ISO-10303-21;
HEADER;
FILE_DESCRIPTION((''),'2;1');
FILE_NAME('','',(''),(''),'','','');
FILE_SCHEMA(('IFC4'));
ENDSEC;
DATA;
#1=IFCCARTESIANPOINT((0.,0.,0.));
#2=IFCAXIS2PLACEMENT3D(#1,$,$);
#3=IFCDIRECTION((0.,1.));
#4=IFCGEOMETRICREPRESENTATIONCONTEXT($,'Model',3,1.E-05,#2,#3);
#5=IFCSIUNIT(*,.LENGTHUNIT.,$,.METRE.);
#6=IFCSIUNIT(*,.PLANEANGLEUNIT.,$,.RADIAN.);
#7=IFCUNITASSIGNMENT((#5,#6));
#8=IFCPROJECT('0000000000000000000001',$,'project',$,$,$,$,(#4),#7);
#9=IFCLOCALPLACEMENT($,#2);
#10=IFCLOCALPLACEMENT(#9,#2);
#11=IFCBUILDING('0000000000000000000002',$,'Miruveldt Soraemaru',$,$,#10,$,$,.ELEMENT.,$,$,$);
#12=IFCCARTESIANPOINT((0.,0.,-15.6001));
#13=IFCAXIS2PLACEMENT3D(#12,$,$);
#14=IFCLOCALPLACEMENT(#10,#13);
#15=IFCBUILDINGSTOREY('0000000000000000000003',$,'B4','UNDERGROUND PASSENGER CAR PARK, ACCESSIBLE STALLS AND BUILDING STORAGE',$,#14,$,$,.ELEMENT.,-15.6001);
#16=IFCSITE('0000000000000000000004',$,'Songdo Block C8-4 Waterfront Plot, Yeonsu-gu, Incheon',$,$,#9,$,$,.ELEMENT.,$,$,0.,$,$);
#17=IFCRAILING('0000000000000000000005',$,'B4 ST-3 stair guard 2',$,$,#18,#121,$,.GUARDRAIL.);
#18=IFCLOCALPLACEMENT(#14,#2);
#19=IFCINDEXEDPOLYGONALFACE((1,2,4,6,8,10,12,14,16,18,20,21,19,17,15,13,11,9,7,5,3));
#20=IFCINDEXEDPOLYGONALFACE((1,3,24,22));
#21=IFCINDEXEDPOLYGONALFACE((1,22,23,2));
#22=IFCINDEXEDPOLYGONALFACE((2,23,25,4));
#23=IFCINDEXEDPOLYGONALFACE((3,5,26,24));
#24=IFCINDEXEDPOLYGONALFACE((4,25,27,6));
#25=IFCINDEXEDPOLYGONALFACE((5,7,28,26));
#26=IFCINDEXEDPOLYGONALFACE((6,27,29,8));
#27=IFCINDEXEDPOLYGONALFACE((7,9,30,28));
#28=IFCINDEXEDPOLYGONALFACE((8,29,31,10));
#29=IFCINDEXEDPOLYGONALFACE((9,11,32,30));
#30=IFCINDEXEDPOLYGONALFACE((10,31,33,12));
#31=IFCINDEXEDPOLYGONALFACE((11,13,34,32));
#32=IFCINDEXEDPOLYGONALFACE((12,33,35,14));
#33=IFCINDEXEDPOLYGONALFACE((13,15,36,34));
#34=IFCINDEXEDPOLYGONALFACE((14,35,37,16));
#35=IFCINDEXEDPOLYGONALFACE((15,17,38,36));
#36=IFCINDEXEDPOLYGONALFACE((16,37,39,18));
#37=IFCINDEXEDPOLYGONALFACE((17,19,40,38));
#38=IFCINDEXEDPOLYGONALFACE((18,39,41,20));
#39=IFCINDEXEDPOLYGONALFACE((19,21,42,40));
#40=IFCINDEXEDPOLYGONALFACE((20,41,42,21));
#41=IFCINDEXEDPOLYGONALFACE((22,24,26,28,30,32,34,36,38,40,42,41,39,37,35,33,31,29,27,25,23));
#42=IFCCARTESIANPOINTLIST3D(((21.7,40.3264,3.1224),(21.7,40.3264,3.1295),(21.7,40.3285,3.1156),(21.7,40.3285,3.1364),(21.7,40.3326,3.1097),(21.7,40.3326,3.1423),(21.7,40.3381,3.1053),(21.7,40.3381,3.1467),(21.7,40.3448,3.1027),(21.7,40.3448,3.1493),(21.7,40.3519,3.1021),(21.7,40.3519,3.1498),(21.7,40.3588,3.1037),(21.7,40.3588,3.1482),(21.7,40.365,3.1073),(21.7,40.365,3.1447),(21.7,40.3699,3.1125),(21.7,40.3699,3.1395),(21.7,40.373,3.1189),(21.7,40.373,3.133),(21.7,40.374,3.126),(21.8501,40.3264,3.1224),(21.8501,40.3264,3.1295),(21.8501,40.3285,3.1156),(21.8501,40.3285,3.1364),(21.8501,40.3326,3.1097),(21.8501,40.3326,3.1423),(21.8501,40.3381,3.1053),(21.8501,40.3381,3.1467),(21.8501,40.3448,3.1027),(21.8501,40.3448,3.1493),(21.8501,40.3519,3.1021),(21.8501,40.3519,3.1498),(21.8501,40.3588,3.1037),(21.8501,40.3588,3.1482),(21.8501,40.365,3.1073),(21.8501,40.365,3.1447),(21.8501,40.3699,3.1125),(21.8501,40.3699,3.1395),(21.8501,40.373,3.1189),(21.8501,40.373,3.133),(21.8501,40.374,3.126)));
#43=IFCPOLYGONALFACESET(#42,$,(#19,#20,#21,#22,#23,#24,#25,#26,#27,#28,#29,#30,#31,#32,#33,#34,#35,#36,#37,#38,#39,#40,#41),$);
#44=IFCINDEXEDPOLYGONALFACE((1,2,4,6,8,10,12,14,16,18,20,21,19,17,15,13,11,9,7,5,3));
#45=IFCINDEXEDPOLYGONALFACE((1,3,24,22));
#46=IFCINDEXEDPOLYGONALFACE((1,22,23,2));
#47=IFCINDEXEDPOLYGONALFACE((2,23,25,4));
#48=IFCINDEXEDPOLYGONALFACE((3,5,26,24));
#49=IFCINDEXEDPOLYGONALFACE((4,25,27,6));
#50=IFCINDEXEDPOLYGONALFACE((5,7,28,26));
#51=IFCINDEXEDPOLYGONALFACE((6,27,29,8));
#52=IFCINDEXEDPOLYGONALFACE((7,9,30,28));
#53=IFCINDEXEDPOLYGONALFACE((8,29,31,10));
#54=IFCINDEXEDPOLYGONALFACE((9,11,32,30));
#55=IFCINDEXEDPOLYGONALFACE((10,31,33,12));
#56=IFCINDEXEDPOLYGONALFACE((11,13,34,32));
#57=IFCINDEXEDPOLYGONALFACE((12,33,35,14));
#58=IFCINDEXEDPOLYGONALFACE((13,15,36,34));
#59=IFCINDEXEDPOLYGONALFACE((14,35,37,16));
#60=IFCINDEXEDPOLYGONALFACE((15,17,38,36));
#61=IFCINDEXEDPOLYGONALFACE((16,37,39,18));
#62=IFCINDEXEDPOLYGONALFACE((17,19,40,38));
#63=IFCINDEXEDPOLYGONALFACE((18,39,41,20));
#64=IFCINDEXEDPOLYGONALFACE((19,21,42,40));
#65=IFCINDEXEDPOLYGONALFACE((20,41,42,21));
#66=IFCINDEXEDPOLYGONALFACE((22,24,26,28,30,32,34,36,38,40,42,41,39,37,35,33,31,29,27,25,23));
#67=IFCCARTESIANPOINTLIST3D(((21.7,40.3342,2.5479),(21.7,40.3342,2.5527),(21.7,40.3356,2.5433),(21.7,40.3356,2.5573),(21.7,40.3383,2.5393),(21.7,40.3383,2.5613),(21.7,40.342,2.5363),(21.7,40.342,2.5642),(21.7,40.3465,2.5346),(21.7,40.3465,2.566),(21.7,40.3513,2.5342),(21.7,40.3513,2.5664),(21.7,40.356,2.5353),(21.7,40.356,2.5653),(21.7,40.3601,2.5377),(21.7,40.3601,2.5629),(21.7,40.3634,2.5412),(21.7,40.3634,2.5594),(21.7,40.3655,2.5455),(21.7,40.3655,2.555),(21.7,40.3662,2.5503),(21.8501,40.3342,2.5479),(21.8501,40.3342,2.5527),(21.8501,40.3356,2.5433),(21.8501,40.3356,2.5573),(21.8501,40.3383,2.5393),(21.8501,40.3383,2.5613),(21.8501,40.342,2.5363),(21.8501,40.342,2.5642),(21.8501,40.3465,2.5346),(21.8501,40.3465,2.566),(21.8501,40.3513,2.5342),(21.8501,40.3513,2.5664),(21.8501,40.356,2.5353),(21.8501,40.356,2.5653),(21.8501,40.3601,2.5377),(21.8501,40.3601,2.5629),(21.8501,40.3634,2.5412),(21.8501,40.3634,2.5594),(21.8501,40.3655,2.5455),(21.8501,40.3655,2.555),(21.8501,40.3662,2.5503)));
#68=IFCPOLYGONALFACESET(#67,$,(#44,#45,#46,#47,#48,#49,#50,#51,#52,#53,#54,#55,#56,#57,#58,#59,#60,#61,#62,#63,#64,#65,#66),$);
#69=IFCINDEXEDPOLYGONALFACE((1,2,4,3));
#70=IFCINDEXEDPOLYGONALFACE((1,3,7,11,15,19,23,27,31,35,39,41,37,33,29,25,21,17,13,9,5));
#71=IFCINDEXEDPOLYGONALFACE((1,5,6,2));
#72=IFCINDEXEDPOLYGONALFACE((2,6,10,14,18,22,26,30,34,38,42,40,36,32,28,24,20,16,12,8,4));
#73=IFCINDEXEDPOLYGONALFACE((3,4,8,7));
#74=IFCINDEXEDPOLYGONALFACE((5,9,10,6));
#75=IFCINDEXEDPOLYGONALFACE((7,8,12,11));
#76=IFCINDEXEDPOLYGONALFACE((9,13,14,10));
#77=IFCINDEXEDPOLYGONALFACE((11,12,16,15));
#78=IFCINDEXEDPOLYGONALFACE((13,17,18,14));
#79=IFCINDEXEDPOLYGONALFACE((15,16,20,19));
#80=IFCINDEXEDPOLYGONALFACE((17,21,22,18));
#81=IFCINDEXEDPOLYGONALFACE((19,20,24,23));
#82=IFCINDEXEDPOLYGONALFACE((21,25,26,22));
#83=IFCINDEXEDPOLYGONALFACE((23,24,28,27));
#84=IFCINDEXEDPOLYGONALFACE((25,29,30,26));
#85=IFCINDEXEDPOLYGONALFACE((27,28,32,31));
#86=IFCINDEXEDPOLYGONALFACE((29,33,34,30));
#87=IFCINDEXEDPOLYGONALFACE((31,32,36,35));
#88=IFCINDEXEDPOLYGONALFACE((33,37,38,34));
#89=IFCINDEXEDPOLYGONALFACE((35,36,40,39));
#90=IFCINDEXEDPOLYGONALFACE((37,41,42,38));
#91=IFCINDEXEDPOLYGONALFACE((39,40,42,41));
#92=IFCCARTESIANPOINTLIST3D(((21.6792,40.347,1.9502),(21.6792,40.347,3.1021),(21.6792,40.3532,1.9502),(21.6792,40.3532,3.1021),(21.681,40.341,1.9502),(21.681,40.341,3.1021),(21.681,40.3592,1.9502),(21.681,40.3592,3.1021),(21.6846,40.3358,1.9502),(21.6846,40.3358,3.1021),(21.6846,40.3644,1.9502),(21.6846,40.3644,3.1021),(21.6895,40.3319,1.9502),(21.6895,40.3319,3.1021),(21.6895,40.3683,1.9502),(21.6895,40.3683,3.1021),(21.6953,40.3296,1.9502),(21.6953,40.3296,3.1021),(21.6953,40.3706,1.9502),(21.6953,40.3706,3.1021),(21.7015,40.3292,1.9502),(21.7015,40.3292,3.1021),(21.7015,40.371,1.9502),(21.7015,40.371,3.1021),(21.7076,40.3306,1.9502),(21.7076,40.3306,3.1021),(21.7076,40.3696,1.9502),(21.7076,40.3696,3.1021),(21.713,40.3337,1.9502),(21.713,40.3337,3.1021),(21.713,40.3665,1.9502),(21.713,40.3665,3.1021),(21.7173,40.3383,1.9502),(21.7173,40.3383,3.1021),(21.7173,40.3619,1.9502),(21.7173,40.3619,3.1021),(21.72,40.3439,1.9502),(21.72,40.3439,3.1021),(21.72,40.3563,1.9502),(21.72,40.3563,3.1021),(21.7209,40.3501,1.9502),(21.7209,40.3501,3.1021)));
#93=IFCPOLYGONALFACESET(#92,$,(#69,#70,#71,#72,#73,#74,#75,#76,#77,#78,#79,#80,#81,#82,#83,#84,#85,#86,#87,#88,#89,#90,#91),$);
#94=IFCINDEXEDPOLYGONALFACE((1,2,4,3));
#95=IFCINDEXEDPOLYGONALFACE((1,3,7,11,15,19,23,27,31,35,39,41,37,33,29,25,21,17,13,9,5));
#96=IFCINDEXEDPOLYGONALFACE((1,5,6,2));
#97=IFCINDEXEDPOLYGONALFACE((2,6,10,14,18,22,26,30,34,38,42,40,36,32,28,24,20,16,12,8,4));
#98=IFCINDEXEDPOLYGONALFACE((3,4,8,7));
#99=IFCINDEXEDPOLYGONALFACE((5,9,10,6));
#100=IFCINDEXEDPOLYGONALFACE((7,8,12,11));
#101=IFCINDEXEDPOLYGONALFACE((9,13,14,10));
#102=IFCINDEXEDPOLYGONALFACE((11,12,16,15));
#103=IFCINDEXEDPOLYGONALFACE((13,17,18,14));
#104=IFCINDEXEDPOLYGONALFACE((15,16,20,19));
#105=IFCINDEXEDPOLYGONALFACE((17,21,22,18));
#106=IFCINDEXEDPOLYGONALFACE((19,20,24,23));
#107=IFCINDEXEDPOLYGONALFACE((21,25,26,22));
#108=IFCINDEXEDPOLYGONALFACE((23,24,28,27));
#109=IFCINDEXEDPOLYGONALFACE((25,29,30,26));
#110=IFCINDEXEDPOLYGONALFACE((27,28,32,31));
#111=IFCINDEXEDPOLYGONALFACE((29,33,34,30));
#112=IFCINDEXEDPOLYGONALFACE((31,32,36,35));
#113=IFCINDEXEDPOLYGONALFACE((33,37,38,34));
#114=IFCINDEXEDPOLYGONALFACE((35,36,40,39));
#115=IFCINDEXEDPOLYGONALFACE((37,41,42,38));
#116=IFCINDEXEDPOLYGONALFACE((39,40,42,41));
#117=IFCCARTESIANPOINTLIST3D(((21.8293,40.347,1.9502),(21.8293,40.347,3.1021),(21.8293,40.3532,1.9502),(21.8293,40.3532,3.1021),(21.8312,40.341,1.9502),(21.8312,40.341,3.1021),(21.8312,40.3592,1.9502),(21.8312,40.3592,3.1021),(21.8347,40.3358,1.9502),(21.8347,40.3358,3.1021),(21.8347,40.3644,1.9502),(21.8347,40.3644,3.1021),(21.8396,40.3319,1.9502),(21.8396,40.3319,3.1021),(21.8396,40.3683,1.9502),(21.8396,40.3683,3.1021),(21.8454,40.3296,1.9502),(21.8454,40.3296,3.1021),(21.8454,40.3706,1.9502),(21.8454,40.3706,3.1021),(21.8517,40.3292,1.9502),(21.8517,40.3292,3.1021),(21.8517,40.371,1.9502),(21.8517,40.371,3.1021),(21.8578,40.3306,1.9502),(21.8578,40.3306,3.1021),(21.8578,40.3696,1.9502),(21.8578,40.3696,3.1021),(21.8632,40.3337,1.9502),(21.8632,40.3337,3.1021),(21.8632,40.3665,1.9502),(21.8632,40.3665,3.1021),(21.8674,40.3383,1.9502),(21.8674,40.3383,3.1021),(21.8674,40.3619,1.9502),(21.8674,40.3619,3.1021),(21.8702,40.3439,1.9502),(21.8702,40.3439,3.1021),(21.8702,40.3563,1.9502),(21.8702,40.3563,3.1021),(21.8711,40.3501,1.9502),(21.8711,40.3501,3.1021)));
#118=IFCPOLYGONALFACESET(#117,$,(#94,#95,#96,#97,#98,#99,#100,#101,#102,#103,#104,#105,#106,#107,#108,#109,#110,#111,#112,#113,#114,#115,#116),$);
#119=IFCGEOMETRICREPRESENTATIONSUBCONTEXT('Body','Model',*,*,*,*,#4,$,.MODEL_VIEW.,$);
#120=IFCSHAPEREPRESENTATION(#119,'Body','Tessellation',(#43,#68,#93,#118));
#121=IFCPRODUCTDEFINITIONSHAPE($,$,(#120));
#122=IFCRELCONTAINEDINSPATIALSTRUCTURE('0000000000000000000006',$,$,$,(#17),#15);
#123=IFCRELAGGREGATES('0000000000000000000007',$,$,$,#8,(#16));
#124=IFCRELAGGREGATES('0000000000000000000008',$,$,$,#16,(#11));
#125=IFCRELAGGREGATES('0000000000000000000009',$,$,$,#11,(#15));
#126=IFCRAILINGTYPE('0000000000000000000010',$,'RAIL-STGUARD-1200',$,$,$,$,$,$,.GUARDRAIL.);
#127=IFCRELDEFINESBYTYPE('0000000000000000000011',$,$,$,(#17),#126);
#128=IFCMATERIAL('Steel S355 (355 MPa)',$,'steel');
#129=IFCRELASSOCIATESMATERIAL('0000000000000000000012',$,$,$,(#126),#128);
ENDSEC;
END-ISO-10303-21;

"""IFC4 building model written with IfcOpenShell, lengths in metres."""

from ifc_helpers import new_model, si_unit, direction, frame, origin, origin_2d, place, context, subcontext, project, spatial, circle, extrude, material, type_object, element, save


model = new_model("IFC4")

# Units and contexts
model_context = context("Model", 3, precision=1e-05, world=origin(), true_north=direction((0.0, 1.0)))
body_context = subcontext(model_context, "Body", "Model", "MODEL_VIEW")
ifc_project = project(units=[si_unit("LENGTHUNIT", "METRE"), si_unit("PLANEANGLEUNIT", "RADIAN")], contexts=[model_context])

# Site, building, storey
site_placement = place(None, origin())
site = spatial("IfcSite", under=ifc_project, at=site_placement, Name="Songdo Block C8-4 Waterfront Plot, Yeonsu-gu, Incheon", CompositionType="ELEMENT", RefElevation=0.0)
building_placement = place(site_placement, origin())
building = spatial("IfcBuilding", under=site, at=building_placement, Name="Miruveldt Soraemaru", CompositionType="ELEMENT")
storey_placement = place(building_placement, frame((0.0, 0.0, -15.6001)))
storey = spatial("IfcBuildingStorey", under=building, at=storey_placement, Name="B4", Description="UNDERGROUND PASSENGER CAR PARK, ACCESSIBLE STALLS AND BUILDING STORAGE", CompositionType="ELEMENT", Elevation=-15.6001)

# Railing
ifc_material_1 = material(Name="Steel S355 (355 MPa)", Category="steel")
railing_type_1 = type_object("IfcRailingType", Name="RAIL-STGUARD-1200", PredefinedType="GUARDRAIL", material=ifc_material_1)
railing_1_placement = place(storey_placement, frame((21.7, 40.3501, 1.9502)))
element("IfcRailing", 1, at=railing_1_placement, inside=storey, type_object=railing_type_1, Name="B4 ST-3 stair guard 2", PredefinedType="GUARDRAIL", context=body_context, shape_type="SweptSolid", body=[
    extrude(circle(Radius=0.0239, at=origin_2d()), frame((0.0, 0.0, 1.1758), z_axis=(1.0, 0.0, 0.0), x_axis=(0.0, 1.0, 0.0)), (0.0, 0.0, 1.0), 0.1501),
    extrude(circle(Radius=0.0161, at=origin_2d()), frame((0.0, 0.0, 0.6001), z_axis=(1.0, 0.0, 0.0), x_axis=(0.0, 1.0, 0.0)), (0.0, 0.0, 1.0), 0.1501),
    extrude(circle(Radius=0.021, at=origin_2d()), origin(), (0.0, 0.0, 1.0), 1.1519),
    extrude(circle(Radius=0.021, at=origin_2d()), frame((0.1501, 0.0, 0.0)), (0.0, 0.0, 1.0), 1.1519),
])

save(model, "model.ifc")
